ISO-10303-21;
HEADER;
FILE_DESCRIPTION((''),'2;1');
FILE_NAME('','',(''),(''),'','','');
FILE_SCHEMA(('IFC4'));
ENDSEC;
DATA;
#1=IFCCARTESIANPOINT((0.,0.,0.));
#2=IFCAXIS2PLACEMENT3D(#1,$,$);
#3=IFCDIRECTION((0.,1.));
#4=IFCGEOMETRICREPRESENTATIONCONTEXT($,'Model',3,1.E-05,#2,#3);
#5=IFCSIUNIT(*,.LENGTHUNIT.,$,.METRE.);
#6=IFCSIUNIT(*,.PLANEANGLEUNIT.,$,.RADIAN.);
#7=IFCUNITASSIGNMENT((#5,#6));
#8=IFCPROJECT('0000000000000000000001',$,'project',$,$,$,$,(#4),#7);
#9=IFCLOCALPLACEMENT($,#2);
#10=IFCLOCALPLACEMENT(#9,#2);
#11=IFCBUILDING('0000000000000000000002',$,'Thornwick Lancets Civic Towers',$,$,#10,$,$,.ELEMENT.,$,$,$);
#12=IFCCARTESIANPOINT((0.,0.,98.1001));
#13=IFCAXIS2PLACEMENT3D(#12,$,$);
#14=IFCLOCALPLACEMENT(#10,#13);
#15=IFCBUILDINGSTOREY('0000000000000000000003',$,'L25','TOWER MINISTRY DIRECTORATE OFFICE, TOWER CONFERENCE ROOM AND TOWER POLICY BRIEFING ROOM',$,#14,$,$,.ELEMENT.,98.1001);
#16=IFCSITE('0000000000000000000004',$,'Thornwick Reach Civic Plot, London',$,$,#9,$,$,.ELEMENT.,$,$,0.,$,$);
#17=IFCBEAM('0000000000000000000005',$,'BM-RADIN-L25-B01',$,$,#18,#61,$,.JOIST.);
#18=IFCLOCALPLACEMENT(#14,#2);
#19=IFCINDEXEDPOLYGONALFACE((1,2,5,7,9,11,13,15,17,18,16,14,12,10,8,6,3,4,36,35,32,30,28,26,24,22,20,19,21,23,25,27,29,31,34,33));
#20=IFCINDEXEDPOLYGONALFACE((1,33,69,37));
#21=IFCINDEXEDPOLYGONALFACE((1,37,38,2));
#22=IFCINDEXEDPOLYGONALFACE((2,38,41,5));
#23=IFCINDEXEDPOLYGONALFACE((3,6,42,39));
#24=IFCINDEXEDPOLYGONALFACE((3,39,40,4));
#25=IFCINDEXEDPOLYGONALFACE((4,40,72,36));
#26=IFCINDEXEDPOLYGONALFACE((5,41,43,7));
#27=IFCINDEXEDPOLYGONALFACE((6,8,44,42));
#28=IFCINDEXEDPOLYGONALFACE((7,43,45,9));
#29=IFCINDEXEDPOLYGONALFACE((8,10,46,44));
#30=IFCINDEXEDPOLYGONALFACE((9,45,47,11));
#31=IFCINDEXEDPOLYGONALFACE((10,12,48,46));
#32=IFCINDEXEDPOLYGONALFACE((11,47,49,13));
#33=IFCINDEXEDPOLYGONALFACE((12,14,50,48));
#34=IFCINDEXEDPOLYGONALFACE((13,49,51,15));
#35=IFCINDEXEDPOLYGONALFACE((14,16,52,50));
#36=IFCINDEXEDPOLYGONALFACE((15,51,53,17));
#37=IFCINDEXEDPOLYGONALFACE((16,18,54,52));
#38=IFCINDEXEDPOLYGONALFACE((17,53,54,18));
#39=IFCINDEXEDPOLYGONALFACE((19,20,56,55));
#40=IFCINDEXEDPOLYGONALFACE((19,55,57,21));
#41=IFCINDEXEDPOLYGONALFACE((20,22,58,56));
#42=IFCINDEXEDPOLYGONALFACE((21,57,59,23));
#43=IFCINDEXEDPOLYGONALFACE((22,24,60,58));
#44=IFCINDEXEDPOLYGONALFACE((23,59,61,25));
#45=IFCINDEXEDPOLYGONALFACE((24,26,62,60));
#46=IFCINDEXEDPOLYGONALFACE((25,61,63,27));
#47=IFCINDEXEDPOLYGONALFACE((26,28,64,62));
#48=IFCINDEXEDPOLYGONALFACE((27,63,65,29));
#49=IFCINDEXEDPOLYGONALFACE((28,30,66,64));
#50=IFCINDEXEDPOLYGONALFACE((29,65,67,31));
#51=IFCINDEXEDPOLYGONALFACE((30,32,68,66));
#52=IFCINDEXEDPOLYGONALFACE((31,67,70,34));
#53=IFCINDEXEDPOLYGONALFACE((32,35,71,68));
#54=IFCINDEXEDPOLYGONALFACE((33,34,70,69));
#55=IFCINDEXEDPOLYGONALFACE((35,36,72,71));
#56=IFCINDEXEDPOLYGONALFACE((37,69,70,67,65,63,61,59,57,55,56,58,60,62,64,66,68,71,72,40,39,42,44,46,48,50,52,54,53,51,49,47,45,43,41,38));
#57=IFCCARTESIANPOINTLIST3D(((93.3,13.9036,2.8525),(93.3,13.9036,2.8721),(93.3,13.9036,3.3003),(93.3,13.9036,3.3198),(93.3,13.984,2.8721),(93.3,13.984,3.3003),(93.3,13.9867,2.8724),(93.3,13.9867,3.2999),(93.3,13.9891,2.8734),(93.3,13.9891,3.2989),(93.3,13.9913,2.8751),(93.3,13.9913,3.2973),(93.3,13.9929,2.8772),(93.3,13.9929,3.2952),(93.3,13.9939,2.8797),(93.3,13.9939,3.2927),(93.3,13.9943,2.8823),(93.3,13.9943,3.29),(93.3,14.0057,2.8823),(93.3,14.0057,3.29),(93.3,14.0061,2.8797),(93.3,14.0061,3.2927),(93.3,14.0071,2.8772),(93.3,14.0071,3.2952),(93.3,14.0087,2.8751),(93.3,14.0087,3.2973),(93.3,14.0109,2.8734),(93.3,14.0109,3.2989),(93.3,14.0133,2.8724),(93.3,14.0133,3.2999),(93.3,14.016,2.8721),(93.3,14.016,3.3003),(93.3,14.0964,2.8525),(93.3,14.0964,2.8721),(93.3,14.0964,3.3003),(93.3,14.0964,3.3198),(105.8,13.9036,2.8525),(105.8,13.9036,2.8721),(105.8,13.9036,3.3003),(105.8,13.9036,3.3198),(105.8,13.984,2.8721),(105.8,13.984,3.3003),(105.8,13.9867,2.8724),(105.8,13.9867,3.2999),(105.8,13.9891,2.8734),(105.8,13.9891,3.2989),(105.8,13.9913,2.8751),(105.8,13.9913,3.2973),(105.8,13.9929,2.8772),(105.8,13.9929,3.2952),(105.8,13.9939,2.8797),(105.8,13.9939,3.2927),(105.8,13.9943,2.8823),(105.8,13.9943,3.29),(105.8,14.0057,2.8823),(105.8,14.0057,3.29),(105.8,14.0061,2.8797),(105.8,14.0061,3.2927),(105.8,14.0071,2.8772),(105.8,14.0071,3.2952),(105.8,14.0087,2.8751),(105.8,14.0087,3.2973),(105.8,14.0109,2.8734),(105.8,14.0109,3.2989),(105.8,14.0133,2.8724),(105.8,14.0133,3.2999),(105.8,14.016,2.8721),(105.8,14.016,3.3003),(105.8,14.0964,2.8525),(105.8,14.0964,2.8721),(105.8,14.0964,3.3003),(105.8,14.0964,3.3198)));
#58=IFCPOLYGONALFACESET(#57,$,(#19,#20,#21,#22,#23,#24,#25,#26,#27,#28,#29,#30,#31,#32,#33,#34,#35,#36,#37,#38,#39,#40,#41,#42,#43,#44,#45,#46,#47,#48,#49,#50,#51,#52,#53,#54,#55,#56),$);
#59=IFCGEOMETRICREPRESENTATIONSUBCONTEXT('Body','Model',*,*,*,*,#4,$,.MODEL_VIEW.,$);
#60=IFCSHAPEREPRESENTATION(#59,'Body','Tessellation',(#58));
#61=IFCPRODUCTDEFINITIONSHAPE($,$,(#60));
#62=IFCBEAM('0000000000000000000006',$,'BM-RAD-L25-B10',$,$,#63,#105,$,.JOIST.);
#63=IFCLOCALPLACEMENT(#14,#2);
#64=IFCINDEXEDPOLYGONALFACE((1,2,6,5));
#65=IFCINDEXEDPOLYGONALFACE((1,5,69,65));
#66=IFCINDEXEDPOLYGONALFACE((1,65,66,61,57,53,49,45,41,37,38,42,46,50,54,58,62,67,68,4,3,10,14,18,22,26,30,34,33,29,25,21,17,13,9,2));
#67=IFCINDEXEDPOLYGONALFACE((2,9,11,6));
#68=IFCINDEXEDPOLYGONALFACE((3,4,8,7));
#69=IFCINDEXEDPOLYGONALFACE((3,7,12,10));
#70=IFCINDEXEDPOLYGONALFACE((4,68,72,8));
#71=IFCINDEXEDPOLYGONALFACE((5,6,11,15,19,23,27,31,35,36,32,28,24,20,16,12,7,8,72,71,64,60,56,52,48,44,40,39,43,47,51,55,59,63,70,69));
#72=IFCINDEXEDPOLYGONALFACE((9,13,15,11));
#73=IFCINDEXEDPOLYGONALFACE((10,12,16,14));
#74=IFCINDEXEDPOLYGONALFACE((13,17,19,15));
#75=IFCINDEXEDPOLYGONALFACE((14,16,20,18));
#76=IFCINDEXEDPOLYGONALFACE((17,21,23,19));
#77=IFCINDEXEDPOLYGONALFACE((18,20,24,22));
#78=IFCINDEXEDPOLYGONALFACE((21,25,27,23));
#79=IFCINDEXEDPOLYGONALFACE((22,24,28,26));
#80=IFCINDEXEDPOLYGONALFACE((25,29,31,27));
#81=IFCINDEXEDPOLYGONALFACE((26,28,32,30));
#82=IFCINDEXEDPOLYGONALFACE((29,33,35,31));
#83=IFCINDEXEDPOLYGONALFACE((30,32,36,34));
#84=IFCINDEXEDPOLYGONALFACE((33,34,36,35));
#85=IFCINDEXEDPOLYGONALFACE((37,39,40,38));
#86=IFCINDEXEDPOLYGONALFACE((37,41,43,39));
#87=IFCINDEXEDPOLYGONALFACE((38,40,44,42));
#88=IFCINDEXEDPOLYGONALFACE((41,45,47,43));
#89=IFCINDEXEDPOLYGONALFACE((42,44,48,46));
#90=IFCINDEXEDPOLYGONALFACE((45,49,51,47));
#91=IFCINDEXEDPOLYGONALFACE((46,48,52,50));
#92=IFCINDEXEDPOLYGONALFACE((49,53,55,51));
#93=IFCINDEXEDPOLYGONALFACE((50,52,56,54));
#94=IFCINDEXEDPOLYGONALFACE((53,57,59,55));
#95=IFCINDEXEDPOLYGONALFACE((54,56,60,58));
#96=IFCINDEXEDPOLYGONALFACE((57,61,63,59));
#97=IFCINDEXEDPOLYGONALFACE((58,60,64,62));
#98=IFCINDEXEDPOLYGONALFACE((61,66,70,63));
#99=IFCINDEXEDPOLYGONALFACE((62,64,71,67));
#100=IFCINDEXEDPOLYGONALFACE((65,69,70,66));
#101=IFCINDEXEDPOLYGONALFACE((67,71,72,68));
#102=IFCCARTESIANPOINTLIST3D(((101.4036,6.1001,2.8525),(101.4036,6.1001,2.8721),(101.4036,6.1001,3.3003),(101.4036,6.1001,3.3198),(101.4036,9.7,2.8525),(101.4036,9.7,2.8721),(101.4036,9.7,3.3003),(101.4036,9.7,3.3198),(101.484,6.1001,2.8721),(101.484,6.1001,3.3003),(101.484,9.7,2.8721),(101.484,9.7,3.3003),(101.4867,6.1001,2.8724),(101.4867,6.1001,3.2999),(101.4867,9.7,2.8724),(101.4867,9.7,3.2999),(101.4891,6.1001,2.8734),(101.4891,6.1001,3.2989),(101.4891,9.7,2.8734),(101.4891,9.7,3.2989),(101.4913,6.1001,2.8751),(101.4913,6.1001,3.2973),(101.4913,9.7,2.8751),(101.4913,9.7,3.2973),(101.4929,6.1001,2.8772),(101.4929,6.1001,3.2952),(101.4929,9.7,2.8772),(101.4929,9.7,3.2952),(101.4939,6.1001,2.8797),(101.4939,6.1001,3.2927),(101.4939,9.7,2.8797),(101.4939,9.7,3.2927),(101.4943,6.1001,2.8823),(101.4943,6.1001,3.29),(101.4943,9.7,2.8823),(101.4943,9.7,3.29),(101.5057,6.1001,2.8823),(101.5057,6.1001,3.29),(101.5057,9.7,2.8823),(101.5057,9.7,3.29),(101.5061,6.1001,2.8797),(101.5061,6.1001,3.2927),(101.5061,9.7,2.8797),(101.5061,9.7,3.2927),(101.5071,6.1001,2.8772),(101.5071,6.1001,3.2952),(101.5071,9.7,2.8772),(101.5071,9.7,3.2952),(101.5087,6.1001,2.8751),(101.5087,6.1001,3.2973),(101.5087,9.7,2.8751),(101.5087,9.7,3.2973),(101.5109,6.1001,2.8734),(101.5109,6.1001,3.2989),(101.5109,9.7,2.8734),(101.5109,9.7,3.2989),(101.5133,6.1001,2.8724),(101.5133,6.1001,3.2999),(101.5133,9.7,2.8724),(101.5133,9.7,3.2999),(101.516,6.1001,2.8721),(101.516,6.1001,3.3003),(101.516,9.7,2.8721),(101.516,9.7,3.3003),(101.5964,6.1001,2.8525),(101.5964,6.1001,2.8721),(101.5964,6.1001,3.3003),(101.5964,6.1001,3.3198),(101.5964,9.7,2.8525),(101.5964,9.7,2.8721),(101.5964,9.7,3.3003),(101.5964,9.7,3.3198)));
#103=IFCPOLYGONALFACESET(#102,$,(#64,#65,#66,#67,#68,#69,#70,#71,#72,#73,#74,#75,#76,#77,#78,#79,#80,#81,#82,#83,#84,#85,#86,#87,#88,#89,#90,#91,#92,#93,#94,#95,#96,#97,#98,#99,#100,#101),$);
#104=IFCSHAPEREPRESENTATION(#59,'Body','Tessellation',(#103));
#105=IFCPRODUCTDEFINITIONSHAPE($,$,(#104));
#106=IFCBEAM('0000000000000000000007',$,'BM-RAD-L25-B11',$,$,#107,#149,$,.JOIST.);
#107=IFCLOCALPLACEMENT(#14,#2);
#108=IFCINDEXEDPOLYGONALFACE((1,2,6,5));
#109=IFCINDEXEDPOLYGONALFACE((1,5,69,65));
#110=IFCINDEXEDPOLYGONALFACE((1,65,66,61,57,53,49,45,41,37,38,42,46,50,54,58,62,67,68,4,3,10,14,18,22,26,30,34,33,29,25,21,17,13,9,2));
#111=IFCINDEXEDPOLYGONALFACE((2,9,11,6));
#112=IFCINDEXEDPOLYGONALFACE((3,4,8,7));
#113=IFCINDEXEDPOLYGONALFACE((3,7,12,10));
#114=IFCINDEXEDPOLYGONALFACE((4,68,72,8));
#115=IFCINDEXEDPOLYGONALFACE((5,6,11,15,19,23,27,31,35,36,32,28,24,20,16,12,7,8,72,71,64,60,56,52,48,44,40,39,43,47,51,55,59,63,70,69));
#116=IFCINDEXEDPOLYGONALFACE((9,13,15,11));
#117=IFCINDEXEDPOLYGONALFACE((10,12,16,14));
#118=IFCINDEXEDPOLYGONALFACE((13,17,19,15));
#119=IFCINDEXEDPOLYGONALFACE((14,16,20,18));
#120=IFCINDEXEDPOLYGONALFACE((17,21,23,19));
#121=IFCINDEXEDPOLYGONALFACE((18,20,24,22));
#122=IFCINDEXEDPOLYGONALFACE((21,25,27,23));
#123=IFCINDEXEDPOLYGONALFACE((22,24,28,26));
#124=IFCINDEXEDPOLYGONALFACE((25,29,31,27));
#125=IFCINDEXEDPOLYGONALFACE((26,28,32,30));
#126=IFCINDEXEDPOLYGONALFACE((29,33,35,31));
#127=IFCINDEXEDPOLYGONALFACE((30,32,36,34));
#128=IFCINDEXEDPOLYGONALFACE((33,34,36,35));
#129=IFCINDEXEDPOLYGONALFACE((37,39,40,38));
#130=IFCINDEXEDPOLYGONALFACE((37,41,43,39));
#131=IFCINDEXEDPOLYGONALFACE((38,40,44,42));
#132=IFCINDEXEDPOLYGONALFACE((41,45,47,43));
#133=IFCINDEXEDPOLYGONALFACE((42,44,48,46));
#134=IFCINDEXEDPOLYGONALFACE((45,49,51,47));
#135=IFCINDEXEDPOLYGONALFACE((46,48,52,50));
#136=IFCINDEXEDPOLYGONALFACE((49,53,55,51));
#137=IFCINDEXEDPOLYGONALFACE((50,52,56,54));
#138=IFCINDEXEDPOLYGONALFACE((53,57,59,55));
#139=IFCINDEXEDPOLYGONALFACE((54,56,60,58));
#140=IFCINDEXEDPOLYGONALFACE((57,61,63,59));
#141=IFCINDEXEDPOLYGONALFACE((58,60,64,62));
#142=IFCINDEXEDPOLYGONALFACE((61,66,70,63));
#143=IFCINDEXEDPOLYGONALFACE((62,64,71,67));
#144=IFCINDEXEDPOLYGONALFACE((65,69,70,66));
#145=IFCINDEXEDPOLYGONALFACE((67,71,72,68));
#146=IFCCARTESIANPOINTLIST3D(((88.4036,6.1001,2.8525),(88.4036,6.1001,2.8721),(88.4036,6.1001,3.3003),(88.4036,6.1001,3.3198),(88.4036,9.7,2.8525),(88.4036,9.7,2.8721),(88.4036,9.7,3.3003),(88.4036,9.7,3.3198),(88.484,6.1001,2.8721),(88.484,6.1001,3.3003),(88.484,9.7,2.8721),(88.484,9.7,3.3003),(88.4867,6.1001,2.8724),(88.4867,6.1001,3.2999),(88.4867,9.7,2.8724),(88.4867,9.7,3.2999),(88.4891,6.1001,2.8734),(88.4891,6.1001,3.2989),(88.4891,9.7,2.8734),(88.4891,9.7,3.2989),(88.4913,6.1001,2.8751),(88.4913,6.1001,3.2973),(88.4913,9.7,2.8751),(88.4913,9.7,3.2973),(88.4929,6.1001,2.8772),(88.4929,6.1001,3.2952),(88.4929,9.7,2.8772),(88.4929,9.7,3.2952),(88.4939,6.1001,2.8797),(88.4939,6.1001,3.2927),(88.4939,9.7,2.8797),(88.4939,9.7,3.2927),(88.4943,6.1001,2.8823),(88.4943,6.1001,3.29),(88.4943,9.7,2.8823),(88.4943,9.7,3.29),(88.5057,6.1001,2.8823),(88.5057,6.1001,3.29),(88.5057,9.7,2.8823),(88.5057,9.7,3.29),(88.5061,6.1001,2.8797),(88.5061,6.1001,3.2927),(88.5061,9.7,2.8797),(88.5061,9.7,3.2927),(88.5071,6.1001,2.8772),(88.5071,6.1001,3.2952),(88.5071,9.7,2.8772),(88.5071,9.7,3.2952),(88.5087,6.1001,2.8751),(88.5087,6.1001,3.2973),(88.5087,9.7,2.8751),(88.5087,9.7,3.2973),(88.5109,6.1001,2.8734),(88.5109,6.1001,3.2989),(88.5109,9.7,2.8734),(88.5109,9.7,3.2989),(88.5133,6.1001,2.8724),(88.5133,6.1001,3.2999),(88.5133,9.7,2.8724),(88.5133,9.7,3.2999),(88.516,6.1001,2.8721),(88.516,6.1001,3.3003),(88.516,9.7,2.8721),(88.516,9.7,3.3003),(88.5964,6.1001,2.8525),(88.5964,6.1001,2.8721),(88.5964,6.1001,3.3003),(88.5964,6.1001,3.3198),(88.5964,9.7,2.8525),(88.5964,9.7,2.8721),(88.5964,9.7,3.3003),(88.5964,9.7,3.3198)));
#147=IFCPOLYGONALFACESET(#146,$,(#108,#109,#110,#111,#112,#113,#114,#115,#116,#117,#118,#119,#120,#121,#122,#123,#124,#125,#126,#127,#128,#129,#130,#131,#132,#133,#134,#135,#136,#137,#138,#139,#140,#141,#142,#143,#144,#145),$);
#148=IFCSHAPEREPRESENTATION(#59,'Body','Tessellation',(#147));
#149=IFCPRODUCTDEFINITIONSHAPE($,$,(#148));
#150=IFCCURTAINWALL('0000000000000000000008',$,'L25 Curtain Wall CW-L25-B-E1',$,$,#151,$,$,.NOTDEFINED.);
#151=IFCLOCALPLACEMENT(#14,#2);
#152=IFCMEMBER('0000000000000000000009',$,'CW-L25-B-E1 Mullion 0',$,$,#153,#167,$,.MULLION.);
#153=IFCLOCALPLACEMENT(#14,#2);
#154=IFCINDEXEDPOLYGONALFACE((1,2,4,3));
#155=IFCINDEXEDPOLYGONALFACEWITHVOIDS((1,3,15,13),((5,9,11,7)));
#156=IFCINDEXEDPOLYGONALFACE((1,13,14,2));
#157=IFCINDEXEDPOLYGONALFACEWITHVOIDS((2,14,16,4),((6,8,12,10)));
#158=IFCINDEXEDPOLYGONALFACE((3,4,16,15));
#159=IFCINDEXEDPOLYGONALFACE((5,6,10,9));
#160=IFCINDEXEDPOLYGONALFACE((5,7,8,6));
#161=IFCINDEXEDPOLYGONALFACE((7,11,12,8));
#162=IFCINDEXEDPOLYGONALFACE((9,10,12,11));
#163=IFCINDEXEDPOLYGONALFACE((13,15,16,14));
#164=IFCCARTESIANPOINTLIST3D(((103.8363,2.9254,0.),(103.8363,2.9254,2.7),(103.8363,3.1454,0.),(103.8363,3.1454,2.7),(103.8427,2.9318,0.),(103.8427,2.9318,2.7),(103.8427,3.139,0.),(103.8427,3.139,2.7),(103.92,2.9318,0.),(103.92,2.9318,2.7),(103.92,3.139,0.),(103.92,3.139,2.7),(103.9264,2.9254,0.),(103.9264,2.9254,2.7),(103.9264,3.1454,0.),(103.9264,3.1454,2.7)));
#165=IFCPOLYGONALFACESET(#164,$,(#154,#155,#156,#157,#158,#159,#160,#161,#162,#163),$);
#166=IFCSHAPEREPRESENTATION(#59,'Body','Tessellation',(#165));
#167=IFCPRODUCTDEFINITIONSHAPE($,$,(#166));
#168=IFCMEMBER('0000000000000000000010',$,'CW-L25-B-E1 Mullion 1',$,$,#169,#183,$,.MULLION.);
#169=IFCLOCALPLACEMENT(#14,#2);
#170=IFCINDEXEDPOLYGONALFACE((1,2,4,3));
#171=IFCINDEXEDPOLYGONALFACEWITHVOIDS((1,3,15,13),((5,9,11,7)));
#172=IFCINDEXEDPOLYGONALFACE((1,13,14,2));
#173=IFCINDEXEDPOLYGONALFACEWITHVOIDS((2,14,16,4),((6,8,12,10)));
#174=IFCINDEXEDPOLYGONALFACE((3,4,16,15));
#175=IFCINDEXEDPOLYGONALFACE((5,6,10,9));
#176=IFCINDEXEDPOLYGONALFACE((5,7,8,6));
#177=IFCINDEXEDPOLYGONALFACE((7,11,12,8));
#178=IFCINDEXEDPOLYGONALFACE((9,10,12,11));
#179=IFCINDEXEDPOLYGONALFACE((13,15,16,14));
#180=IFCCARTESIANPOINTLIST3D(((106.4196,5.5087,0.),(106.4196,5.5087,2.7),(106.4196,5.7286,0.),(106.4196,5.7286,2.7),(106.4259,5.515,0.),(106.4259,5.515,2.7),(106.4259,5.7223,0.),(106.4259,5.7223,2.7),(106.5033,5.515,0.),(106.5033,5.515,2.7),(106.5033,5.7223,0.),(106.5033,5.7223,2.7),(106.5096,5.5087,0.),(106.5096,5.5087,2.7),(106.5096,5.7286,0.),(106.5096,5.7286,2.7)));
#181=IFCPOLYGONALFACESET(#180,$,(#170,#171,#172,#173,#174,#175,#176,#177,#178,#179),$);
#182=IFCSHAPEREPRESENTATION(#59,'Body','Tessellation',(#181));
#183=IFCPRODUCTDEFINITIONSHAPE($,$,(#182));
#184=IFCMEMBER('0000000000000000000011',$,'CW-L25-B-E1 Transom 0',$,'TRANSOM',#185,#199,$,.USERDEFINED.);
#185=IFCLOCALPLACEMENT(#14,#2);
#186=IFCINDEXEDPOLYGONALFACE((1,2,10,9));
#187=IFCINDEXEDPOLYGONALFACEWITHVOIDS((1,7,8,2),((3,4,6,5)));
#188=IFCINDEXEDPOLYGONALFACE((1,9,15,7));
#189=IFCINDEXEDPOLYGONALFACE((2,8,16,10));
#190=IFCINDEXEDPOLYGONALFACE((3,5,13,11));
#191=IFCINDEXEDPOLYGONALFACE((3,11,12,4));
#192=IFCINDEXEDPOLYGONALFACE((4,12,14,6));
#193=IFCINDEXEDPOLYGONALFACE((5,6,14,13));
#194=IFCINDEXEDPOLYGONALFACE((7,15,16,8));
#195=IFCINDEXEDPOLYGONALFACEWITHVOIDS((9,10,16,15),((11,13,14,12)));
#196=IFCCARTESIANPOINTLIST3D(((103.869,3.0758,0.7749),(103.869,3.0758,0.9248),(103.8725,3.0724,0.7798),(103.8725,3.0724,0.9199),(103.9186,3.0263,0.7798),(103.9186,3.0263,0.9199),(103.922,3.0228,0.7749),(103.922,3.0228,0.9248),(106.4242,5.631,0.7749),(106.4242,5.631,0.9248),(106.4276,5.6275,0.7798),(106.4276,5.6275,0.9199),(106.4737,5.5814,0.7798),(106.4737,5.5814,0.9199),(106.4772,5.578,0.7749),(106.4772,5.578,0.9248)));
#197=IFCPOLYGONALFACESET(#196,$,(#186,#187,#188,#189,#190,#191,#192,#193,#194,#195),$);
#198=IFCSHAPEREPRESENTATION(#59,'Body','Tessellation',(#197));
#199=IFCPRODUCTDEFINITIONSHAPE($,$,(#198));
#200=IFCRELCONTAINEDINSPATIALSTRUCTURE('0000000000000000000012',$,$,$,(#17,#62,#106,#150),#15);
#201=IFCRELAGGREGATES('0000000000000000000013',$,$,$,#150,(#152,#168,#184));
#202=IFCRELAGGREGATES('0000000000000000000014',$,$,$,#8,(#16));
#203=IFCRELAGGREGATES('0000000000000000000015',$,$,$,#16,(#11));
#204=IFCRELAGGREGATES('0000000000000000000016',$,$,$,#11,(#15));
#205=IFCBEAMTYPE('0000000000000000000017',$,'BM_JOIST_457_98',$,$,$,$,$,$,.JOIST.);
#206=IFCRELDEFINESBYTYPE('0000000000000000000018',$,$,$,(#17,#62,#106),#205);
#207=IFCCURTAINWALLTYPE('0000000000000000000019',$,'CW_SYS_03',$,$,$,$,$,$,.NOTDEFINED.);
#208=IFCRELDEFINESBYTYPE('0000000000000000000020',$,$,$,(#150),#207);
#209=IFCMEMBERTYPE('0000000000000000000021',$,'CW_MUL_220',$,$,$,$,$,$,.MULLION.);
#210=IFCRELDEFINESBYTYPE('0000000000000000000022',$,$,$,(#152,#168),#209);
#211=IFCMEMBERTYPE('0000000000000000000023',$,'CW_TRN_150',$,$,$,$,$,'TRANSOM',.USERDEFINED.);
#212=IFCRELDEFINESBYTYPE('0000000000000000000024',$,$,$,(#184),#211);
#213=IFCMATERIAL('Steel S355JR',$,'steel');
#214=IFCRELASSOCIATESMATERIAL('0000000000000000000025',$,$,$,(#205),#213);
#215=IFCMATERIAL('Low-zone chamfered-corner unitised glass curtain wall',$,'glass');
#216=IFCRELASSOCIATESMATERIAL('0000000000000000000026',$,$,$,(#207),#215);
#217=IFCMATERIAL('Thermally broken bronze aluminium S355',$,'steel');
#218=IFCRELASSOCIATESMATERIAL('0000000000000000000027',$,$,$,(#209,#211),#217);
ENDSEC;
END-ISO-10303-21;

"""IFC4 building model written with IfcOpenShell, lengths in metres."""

from ifc_helpers import new_model, si_unit, direction, frame, origin, origin_2d, place, context, subcontext, project, spatial, hollow_rectangle, i_section, extrude, material, material_profile, profile_set, type_object, element, aggregate, save


model = new_model("IFC4")

# Units and contexts
model_context = context("Model", 3, precision=1e-05, world=origin(), true_north=direction((0.0, 1.0)))
body_context = subcontext(model_context, "Body", "Model", "MODEL_VIEW")
ifc_project = project(units=[si_unit("LENGTHUNIT", "METRE"), si_unit("PLANEANGLEUNIT", "RADIAN")], contexts=[model_context])

# Site, building, storey
site_placement = place(None, origin())
site = spatial("IfcSite", under=ifc_project, at=site_placement, Name="Thornwick Reach Civic Plot, London", CompositionType="ELEMENT", RefElevation=0.0)
building_placement = place(site_placement, origin())
building = spatial("IfcBuilding", under=site, at=building_placement, Name="Thornwick Lancets Civic Towers", CompositionType="ELEMENT")
storey_placement = place(building_placement, frame((0.0, 0.0, 98.1001)))
storey = spatial("IfcBuildingStorey", under=building, at=storey_placement, Name="L25", Description="TOWER MINISTRY DIRECTORATE OFFICE, TOWER CONFERENCE ROOM AND TOWER POLICY BRIEFING ROOM", CompositionType="ELEMENT", Elevation=98.1001)

# Beams
ifc_material_1 = material(Name="Steel S355JR", Category="steel")
ifc_material_profile_1 = material_profile(ifc_material_1, i_section(OverallWidth=0.1929, OverallDepth=0.4673, WebThickness=0.0115, FlangeThickness=0.0195, FilletRadius=0.0103, at=origin_2d()), Name="UKB 457x191x98")
ifc_profile_set_1 = profile_set([ifc_material_profile_1], Name="Steel S355JR")
beam_type_1 = type_object("IfcBeamType", Name="BM_JOIST_457_98", PredefinedType="JOIST", material=ifc_profile_set_1)
beam_1_placement = place(storey_placement, frame((93.3, 14.0, 3.0862), z_axis=(1.0, 0.0, 0.0), x_axis=(0.0, 1.0, 0.0)))
element("IfcBeam", 1, at=beam_1_placement, inside=storey, type_object=beam_type_1, Name="BM-RADIN-L25-B01", PredefinedType="JOIST", context=body_context, shape_type="SweptSolid", body=[
    extrude(i_section(OverallWidth=0.1929, OverallDepth=0.4673, WebThickness=0.0115, FlangeThickness=0.0195, FilletRadius=0.0103, at=origin_2d()), origin(), (0.0, 0.0, 1.0), 12.5),
])
for number, where, z_axis, x_axis, name in (
    (2, (101.5, 9.7, 3.0862), (0.0, -1.0, 0.0), (1.0, 0.0, 0.0), "BM-RAD-L25-B10"),
    (3, (88.5, 9.7, 3.0862), (0.0, -1.0, 0.0), (1.0, 0.0, 0.0), "BM-RAD-L25-B11"),
):
    element("IfcBeam", number, at=place(storey_placement, frame(where, z_axis=z_axis, x_axis=x_axis)), inside=storey, type_object=beam_type_1, Name=name, PredefinedType="JOIST", context=body_context, shape_type="SweptSolid", body=[
        extrude(i_section(OverallWidth=0.1929, OverallDepth=0.4673, WebThickness=0.0115, FlangeThickness=0.0195, FilletRadius=0.0103, at=origin_2d()), origin(), (0.0, 0.0, 1.0), 3.5999),
    ])

# Curtain wall, members
ifc_material_2 = material(Name="Low-zone chamfered-corner unitised glass curtain wall", Category="glass")
curtain_wall_type = type_object("IfcCurtainWallType", Name="CW_SYS_03", PredefinedType="NOTDEFINED", material=ifc_material_2)
curtain_wall_placement = place(storey_placement, origin())
curtain_wall = element("IfcCurtainWall", 4, at=curtain_wall_placement, inside=storey, type_object=curtain_wall_type, Name="L25 Curtain Wall CW-L25-B-E1", PredefinedType="NOTDEFINED")
ifc_material_3 = material(Name="Thermally broken bronze aluminium S355", Category="steel")
ifc_material_profile_2 = material_profile(ifc_material_3, hollow_rectangle(XDim=0.0901, YDim=0.22, WallThickness=0.0063, at=origin_2d()), Name="RHS 220x90x6.3")
ifc_profile_set_2 = profile_set([ifc_material_profile_2], Name="Thermally broken bronze aluminium S355")
member_type_1 = type_object("IfcMemberType", Name="CW_MUL_220", PredefinedType="MULLION", material=ifc_profile_set_2)
member_1_placement = place(storey_placement, frame((103.8813, 3.0354, 0.0), z_axis=(0.0, 0.0, 1.0), x_axis=(1.0, 0.0, 0.0)))
member_1 = element("IfcMember", 5, at=member_1_placement, type_object=member_type_1, Name="CW-L25-B-E1 Mullion 0", PredefinedType="MULLION", context=body_context, shape_type="SweptSolid", body=[
    extrude(hollow_rectangle(XDim=0.0901, YDim=0.22, WallThickness=0.0063, at=origin_2d()), origin(), (0.0, 0.0, 1.0), 2.7),
])
member_2_placement = place(storey_placement, frame((106.4646, 5.6187, 0.0), z_axis=(0.0, 0.0, 1.0), x_axis=(1.0, 0.0, 0.0)))
member_2 = element("IfcMember", 6, at=member_2_placement, type_object=member_type_1, Name="CW-L25-B-E1 Mullion 1", PredefinedType="MULLION", context=body_context, shape_type="SweptSolid", body=[
    extrude(hollow_rectangle(XDim=0.0901, YDim=0.22, WallThickness=0.0063, at=origin_2d()), origin(), (0.0, 0.0, 1.0), 2.7),
])
ifc_material_profile_3 = material_profile(ifc_material_3, hollow_rectangle(XDim=0.075, YDim=0.1499, WallThickness=0.0049, at=origin_2d()), Name="RHS 150x75x5")
ifc_profile_set_3 = profile_set([ifc_material_profile_3], Name="Thermally broken bronze aluminium S355")
member_type_2 = type_object("IfcMemberType", Name="CW_TRN_150", ElementType="TRANSOM", PredefinedType="USERDEFINED", material=ifc_profile_set_3)
member_3_placement = place(storey_placement, frame((103.8955, 3.0493, 0.8499), z_axis=(0.707107, 0.707107, 0.0), x_axis=(-0.707107, 0.707107, 0.0)))
member_3 = element("IfcMember", 7, at=member_3_placement, type_object=member_type_2, Name="CW-L25-B-E1 Transom 0", ObjectType="TRANSOM", PredefinedType="USERDEFINED", context=body_context, shape_type="SweptSolid", body=[
    extrude(hollow_rectangle(XDim=0.075, YDim=0.1499, WallThickness=0.0049, at=origin_2d()), origin(), (0.0, 0.0, 1.0), 3.6135),
])
aggregate(curtain_wall, [member_1, member_2, member_3])

save(model, "model.ifc")
